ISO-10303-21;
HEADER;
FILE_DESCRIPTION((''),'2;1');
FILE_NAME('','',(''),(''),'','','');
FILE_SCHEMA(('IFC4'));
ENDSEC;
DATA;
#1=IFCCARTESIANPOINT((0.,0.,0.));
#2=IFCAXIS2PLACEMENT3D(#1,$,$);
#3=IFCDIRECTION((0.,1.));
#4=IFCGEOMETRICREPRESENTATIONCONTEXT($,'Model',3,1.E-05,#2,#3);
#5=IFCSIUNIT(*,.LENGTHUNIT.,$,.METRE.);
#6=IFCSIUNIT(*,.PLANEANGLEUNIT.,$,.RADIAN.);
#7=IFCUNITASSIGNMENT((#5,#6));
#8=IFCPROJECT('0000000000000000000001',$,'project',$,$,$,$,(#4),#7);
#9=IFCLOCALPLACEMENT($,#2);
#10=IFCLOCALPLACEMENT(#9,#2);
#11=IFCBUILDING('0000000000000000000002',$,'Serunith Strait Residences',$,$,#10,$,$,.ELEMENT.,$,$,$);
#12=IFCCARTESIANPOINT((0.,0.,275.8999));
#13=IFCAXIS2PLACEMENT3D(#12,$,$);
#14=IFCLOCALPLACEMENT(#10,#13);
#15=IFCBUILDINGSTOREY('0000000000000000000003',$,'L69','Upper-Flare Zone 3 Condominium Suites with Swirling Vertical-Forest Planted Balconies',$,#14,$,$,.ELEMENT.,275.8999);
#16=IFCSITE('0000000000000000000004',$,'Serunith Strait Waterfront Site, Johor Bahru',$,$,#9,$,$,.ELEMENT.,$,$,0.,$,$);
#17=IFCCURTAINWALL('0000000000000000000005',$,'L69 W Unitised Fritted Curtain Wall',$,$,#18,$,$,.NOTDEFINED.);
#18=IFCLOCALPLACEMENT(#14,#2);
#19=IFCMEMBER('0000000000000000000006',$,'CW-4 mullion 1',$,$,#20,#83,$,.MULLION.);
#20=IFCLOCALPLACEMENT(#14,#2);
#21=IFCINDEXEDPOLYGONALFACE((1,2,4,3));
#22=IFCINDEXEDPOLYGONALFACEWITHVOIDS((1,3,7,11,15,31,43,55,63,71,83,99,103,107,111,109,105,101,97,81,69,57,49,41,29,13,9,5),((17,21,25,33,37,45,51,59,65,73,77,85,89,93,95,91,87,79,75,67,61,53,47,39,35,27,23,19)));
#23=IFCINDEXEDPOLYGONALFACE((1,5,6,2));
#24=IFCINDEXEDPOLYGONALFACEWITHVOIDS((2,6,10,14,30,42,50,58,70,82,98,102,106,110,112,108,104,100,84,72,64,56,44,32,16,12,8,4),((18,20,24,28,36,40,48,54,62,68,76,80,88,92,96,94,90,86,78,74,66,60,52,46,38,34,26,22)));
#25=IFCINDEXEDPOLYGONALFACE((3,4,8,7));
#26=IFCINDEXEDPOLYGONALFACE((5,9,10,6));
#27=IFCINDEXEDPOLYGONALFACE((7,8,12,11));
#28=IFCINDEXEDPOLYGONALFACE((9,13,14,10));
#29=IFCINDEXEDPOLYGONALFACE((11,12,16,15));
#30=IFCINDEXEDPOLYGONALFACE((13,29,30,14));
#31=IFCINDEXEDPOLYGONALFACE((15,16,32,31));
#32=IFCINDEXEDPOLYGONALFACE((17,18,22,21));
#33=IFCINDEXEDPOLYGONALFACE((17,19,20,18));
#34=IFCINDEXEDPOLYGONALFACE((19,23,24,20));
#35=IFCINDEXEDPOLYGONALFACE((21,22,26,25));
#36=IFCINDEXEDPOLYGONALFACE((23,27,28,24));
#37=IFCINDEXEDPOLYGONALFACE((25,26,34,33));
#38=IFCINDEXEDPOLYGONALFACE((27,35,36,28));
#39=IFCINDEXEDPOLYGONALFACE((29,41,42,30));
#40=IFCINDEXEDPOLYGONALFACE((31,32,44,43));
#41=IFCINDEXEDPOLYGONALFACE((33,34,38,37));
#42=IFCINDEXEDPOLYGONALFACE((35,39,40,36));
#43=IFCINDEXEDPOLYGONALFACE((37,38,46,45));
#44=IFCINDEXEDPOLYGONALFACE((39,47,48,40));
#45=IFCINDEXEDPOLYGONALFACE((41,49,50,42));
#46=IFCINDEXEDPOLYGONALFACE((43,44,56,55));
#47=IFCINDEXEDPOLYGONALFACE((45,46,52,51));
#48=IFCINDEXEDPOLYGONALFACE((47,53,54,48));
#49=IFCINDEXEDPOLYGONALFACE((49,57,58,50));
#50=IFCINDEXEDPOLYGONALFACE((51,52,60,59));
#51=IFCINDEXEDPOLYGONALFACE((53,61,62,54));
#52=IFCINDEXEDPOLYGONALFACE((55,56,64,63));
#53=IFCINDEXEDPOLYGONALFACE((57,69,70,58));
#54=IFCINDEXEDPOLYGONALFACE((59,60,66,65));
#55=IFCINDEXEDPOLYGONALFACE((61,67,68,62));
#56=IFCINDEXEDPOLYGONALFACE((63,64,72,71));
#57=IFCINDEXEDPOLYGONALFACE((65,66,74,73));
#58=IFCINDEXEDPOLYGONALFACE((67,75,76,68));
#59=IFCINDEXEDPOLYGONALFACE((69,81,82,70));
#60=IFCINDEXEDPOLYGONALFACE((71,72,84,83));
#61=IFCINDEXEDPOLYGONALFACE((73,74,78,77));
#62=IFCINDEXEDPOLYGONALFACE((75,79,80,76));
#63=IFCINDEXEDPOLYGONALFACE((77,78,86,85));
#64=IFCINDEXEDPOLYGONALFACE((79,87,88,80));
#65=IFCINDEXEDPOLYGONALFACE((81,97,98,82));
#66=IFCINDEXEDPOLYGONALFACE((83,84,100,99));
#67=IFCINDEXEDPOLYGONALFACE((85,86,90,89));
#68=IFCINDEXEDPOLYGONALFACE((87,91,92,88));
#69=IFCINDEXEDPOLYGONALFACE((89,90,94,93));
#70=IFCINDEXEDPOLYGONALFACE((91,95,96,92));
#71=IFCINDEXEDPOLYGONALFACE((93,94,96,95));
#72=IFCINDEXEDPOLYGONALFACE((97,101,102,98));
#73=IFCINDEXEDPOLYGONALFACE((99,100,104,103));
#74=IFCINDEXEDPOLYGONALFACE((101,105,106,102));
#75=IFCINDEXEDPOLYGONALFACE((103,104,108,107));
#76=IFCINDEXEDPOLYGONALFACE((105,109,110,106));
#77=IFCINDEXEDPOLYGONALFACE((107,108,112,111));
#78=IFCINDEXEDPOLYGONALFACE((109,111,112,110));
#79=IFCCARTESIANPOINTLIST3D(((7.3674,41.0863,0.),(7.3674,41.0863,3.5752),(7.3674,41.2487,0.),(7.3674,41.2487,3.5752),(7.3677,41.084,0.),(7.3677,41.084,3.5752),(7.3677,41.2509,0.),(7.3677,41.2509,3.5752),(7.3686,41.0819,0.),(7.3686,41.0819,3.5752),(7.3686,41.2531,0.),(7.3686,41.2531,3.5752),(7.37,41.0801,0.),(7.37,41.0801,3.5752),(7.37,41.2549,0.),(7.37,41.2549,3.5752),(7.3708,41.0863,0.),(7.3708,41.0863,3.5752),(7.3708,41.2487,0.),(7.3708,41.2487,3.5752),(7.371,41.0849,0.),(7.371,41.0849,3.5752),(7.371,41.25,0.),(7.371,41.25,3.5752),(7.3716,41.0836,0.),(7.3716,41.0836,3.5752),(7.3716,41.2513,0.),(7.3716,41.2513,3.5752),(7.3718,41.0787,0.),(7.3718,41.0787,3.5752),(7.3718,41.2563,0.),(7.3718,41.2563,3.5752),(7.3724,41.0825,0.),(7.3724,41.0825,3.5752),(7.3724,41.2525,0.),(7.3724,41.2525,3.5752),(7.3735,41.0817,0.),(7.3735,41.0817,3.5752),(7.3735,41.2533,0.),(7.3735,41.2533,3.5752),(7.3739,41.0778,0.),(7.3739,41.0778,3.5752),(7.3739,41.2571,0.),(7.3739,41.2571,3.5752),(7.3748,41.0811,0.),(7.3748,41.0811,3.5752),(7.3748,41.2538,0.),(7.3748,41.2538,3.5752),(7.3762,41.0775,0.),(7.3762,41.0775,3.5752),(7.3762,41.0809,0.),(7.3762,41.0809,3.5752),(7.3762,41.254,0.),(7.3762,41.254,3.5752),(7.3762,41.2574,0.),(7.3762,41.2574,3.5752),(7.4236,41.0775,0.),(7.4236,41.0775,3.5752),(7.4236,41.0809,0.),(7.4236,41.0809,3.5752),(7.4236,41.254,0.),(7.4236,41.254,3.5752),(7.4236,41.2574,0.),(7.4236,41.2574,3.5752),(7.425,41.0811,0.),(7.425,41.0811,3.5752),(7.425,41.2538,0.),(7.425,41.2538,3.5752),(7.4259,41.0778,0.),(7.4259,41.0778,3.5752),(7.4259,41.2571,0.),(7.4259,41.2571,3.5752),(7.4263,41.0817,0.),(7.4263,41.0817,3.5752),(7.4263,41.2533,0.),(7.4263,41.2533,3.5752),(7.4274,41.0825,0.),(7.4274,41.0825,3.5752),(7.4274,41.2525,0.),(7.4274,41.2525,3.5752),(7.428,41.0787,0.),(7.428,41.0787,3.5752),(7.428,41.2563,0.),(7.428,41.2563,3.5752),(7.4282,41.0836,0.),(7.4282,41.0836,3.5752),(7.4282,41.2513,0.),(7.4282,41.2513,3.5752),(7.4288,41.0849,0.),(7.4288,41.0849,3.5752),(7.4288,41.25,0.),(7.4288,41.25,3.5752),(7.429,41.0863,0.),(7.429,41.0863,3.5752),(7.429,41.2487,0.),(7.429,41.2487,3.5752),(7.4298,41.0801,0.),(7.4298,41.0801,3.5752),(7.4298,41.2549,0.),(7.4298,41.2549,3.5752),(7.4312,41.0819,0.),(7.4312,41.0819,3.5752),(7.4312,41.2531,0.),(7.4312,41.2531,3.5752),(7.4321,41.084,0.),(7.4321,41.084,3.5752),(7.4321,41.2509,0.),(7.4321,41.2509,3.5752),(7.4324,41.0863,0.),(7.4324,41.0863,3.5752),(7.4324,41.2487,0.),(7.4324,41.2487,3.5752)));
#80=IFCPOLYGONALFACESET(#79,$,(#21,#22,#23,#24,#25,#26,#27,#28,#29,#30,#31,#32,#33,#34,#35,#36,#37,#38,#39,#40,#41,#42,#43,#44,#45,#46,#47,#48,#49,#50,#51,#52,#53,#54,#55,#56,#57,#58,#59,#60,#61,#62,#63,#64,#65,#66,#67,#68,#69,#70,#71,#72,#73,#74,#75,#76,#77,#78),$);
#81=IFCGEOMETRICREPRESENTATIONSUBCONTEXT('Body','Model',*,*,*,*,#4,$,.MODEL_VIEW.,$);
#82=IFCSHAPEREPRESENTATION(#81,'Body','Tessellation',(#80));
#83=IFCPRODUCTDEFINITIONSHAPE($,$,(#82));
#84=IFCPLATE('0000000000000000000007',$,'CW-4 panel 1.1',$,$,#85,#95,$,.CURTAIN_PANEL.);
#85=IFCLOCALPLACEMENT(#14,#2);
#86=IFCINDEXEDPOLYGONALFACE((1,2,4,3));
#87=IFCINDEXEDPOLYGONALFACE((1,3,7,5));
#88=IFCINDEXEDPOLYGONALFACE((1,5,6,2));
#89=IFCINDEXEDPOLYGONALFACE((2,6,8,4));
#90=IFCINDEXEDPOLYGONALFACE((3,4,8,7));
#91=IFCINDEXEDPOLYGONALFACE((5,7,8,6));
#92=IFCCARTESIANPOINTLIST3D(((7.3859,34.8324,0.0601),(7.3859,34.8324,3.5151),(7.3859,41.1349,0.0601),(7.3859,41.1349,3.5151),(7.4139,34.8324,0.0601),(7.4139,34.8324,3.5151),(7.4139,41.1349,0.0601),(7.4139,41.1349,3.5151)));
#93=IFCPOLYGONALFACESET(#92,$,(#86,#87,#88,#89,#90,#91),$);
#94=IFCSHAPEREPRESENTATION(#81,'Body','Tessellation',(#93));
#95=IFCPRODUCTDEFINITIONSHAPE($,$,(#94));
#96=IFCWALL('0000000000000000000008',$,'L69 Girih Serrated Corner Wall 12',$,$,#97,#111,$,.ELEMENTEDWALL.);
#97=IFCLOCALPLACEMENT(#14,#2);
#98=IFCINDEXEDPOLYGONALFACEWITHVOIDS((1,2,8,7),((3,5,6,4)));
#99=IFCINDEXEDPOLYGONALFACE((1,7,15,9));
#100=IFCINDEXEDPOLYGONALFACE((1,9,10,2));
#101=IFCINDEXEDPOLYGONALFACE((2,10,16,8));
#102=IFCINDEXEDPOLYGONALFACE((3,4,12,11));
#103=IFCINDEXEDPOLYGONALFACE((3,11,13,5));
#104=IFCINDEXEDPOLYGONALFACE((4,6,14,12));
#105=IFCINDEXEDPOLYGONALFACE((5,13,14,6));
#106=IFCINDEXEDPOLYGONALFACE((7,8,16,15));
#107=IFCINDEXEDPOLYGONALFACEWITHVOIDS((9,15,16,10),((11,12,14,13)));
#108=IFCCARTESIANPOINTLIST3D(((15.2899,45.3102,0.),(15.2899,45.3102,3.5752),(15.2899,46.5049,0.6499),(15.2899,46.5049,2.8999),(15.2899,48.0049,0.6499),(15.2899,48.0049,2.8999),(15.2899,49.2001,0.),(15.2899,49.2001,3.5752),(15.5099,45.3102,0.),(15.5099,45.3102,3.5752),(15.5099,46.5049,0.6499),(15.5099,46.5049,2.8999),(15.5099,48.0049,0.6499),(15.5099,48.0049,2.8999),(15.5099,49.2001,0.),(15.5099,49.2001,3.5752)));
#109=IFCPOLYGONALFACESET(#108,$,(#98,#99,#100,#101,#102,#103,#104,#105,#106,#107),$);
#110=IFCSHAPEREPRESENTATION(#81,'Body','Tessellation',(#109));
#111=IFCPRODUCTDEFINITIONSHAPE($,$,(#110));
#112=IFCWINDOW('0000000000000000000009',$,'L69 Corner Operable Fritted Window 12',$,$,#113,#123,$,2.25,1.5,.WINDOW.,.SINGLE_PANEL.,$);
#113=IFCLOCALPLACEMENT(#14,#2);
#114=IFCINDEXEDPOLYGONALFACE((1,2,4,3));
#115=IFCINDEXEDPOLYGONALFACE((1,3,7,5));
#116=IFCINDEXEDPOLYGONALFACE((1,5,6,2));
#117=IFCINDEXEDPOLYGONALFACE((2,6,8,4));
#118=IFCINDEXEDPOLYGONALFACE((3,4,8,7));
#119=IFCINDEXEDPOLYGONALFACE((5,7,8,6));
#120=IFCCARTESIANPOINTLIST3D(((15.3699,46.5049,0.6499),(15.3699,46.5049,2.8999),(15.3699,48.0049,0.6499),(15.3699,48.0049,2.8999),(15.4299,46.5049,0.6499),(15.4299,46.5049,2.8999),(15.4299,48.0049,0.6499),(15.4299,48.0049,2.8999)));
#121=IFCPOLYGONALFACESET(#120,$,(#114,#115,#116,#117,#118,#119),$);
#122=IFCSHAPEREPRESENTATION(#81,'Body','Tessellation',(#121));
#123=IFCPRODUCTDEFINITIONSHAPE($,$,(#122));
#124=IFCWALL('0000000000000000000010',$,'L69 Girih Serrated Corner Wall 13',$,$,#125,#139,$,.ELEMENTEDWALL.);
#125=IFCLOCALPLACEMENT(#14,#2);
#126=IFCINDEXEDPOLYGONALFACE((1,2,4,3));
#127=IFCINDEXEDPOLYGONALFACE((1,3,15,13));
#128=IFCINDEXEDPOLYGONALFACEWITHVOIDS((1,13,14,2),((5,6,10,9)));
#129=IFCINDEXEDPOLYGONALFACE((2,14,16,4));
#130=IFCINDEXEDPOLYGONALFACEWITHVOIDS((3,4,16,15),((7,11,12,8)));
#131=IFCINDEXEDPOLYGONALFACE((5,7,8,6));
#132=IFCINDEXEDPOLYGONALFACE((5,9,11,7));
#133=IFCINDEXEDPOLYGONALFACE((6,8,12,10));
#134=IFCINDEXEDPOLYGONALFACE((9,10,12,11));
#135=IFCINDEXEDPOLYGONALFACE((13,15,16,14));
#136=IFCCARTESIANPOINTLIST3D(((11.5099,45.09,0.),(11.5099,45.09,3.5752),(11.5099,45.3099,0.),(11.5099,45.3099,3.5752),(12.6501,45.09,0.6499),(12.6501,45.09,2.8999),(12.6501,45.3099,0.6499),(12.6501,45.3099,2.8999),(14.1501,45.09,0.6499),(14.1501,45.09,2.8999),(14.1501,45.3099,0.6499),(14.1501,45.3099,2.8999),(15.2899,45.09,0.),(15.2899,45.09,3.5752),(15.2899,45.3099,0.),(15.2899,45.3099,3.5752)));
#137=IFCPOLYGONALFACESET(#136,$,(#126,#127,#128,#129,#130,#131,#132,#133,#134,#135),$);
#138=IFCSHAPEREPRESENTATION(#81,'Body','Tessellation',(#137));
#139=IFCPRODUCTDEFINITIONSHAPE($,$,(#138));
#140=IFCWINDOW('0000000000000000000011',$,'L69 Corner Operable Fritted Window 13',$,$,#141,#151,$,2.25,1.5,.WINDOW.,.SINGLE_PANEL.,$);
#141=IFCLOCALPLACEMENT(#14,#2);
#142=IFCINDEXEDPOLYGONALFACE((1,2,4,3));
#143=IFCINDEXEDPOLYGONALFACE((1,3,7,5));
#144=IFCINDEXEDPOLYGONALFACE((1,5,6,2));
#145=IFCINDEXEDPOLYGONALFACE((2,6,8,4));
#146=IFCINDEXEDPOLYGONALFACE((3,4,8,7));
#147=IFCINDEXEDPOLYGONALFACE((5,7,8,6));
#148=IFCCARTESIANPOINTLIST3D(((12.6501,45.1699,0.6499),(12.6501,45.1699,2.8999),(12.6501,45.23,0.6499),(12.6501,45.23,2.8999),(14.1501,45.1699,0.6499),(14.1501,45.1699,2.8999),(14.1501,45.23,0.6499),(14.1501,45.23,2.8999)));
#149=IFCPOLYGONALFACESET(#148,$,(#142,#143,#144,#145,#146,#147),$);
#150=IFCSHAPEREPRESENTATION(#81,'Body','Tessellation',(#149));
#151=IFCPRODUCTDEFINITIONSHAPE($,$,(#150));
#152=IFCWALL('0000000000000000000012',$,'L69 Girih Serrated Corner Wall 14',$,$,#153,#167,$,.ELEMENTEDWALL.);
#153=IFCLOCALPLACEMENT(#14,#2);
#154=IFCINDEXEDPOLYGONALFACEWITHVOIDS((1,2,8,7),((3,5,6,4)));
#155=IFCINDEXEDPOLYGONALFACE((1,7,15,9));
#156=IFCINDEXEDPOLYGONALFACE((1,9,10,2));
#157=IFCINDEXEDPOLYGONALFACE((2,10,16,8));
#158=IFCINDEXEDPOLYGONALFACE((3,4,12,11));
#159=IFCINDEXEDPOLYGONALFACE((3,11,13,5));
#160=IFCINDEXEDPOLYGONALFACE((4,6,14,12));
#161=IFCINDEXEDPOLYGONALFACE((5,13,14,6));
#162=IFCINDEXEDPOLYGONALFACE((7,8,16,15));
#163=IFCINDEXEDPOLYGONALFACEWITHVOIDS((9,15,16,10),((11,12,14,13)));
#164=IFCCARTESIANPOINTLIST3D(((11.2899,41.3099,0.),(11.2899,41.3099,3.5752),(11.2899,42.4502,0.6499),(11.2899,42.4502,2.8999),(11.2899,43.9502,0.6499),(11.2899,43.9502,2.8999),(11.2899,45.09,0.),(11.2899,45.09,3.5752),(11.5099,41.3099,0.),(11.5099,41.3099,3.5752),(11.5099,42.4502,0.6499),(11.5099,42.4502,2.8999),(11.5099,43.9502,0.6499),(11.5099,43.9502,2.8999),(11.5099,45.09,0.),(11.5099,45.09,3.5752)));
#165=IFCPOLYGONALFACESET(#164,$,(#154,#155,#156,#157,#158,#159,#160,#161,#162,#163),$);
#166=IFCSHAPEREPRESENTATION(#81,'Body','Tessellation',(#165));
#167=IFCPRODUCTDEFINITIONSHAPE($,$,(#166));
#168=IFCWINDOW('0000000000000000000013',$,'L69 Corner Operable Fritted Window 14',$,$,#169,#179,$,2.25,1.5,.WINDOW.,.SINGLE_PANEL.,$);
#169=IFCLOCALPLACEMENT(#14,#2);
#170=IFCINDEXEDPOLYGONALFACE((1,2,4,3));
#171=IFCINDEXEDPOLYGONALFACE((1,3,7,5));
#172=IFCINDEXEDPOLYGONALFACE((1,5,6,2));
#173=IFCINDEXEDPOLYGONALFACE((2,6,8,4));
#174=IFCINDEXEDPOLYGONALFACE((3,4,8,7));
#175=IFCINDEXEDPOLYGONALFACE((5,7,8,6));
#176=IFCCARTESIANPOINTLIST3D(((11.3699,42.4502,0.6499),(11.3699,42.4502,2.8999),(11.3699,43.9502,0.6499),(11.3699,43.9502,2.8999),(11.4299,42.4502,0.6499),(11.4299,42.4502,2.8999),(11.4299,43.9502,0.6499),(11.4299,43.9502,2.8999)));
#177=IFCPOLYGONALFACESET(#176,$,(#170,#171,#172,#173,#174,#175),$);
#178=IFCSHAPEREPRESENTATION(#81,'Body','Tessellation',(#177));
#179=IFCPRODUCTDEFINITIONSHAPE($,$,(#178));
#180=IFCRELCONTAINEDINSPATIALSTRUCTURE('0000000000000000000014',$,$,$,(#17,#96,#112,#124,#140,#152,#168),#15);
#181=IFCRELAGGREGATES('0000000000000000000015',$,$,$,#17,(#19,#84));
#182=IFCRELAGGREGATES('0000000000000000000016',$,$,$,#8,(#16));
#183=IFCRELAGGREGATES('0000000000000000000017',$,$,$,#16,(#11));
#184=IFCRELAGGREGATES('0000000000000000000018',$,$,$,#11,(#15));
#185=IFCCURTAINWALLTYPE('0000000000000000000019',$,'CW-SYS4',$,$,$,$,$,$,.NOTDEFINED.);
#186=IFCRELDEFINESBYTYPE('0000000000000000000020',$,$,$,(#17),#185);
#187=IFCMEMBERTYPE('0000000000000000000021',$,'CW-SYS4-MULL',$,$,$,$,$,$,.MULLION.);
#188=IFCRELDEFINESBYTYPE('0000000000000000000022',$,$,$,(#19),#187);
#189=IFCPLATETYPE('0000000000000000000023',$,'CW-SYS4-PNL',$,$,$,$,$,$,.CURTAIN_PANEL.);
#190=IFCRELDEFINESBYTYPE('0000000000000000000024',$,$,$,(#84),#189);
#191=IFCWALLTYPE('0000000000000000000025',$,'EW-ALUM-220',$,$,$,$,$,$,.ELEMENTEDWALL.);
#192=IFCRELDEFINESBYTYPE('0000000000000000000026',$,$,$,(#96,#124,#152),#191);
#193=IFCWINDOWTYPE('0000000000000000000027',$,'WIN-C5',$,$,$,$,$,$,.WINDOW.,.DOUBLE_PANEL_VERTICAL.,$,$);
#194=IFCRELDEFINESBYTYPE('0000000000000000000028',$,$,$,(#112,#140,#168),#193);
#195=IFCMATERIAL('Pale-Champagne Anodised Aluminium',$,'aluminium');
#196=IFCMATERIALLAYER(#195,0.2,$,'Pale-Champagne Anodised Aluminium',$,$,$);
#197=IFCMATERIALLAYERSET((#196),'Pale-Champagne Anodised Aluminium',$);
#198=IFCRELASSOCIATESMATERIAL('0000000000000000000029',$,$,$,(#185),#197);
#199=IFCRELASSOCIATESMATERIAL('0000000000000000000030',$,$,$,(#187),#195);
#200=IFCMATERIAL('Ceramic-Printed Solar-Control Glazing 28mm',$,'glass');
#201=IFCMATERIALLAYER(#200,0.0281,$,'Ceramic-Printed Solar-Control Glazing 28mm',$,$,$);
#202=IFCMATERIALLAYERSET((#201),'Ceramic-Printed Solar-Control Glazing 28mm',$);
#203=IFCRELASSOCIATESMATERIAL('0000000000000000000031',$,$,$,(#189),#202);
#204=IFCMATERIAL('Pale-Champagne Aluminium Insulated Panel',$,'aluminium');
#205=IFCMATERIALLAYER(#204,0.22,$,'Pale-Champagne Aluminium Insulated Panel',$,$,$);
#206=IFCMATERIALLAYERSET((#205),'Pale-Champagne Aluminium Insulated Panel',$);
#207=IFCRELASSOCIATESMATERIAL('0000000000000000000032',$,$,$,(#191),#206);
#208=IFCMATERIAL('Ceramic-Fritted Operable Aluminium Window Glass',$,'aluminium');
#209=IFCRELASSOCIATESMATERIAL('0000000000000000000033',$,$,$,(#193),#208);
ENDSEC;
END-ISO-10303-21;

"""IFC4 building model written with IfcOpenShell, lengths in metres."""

from ifc_helpers import new_model, si_unit, direction, frame, frame_2d, origin, origin_2d, place, context, subcontext, project, spatial, rectangle, hollow_rectangle, extrude, source, transform, mapped, material, layer, layer_set, material_profile, profile_set, type_object, element, fill, aggregate, save


model = new_model("IFC4")

# Units and contexts
model_context = context("Model", 3, precision=1e-05, world=origin(), true_north=direction((0.0, 1.0)))
body_context = subcontext(model_context, "Body", "Model", "MODEL_VIEW")
ifc_project = project(units=[si_unit("LENGTHUNIT", "METRE"), si_unit("PLANEANGLEUNIT", "RADIAN")], contexts=[model_context])

# Site, building, storey
site_placement = place(None, origin())
site = spatial("IfcSite", under=ifc_project, at=site_placement, Name="Serunith Strait Waterfront Site, Johor Bahru", CompositionType="ELEMENT", RefElevation=0.0)
building_placement = place(site_placement, origin())
building = spatial("IfcBuilding", under=site, at=building_placement, Name="Serunith Strait Residences", CompositionType="ELEMENT")
storey_placement = place(building_placement, frame((0.0, 0.0, 275.8999)))
storey = spatial("IfcBuildingStorey", under=building, at=storey_placement, Name="L69", Description="Upper-Flare Zone 3 Condominium Suites with Swirling Vertical-Forest Planted Balconies", CompositionType="ELEMENT", Elevation=275.8999)

# Curtain wall
ifc_material_1 = material(Name="Pale-Champagne Anodised Aluminium", Category="aluminium")
ifc_layer_1 = layer(ifc_material_1, 0.2, Name="Pale-Champagne Anodised Aluminium")
ifc_layer_set_1 = layer_set([ifc_layer_1], Name="Pale-Champagne Anodised Aluminium")
curtain_wall_type = type_object("IfcCurtainWallType", Name="CW-SYS4", PredefinedType="NOTDEFINED", material=ifc_layer_set_1)
curtain_wall_1_placement = place(storey_placement, origin())
curtain_wall_1 = element("IfcCurtainWall", 1, at=curtain_wall_1_placement, inside=storey, type_object=curtain_wall_type, Name="L69 W Unitised Fritted Curtain Wall", PredefinedType="NOTDEFINED")

# Shared definitions
ifc_material_profile_1 = material_profile(ifc_material_1, hollow_rectangle(XDim=0.0649, YDim=0.1799, WallThickness=0.0034, InnerFilletRadius=0.0054, OuterFilletRadius=0.0088, at=origin_2d()), Name="ALU 180x65x3.5")
ifc_profile_set_1 = profile_set([ifc_material_profile_1], Name="Pale-Champagne Anodised Aluminium")
member_type_1 = type_object("IfcMemberType", Name="CW-SYS4-MULL", PredefinedType="MULLION", material=ifc_profile_set_1)
shared_shape_1 = source(origin(), body_context, "Body", "SweptSolid", [
    extrude(hollow_rectangle(XDim=0.0649, YDim=0.1799, WallThickness=0.0034, InnerFilletRadius=0.0054, OuterFilletRadius=0.0088, at=origin_2d()), origin(), (0.0, 0.0, 1.0), 3.5752),
])

# Member
member_1_placement = place(storey_placement, frame((7.3999, 41.1675, 0.0), z_axis=(0.0, 0.0, 1.0), x_axis=(1.0, 0.0, 0.0)))
member_1 = element("IfcMember", 2, at=member_1_placement, type_object=member_type_1, Name="CW-4 mullion 1", PredefinedType="MULLION", context=body_context, shape_type="MappedRepresentation", body=[
    mapped(shared_shape_1, transform((0.0, 0.0, 0.0), scale=1.0)),
])

# Plate
ifc_material_2 = material(Name="Ceramic-Printed Solar-Control Glazing 28mm", Category="glass")
ifc_layer_2 = layer(ifc_material_2, 0.0281, Name="Ceramic-Printed Solar-Control Glazing 28mm")
ifc_layer_set_2 = layer_set([ifc_layer_2], Name="Ceramic-Printed Solar-Control Glazing 28mm")
plate_type = type_object("IfcPlateType", Name="CW-SYS4-PNL", PredefinedType="CURTAIN_PANEL", material=ifc_layer_set_2)
shared_shape_2 = source(origin(), body_context, "Body", "SweptSolid", [
    extrude(rectangle(XDim=6.3025, YDim=0.0281, at=origin_2d()), origin(), (0.0, 0.0, 1.0), 3.4551),
])
plate_placement = place(storey_placement, frame((7.3999, 37.9836, 0.0601), z_axis=(0.0, 0.0, 1.0), x_axis=(0.0, -1.0, 0.0)))
plate = element("IfcPlate", 3, at=plate_placement, type_object=plate_type, Name="CW-4 panel 1.1", PredefinedType="CURTAIN_PANEL", context=body_context, shape_type="MappedRepresentation", body=[
    mapped(shared_shape_2, transform((0.0, 0.0, 0.0), scale=1.0)),
])
aggregate(curtain_wall_1, [member_1, plate])

# Walls, openings, windows
ifc_material_3 = material(Name="Pale-Champagne Aluminium Insulated Panel", Category="aluminium")
ifc_layer_3 = layer(ifc_material_3, 0.22, Name="Pale-Champagne Aluminium Insulated Panel")
ifc_layer_set_3 = layer_set([ifc_layer_3], Name="Pale-Champagne Aluminium Insulated Panel")
wall_type_1 = type_object("IfcWallType", Name="EW-ALUM-220", PredefinedType="ELEMENTEDWALL", material=ifc_layer_set_3)
wall_1_placement = place(storey_placement, frame((15.3999, 49.2, 0.0), z_axis=(0.0, 0.0, 1.0), x_axis=(0.0, -1.0, 0.0)))
wall_1 = element("IfcWall", 4, at=wall_1_placement, inside=storey, type_object=wall_type_1, Name="L69 Girih Serrated Corner Wall 12", PredefinedType="ELEMENTEDWALL", context=body_context, shape_type="SweptSolid", body=[
    extrude(rectangle(XDim=3.8899, YDim=0.22, at=frame_2d((1.9448, 0.0))), origin(), (0.0, 0.0, 1.0), 3.5752),
])
opening_1_placement = place(wall_1_placement, frame((1.1951, 0.0, 0.6499)))
opening_1 = element("IfcOpeningElement", 5, at=opening_1_placement, cuts=wall_1, PredefinedType="OPENING", context=body_context, shape_type="SweptSolid", body=[
    extrude(rectangle(XDim=1.5, YDim=2.25, at=frame_2d((0.75, 1.125))), frame((0.0, 0.1201, 0.0), z_axis=(0.0, -1.0, 0.0), x_axis=(1.0, 0.0, 0.0)), (0.0, 0.0, 1.0), 0.24),
])
ifc_material_4 = material(Name="Ceramic-Fritted Operable Aluminium Window Glass", Category="aluminium")
window_type = type_object("IfcWindowType", Name="WIN-C5", PartitioningType="DOUBLE_PANEL_VERTICAL", PredefinedType="WINDOW", material=ifc_material_4)
shared_shape_3 = source(origin(), body_context, "Body", "SweptSolid", [
    extrude(rectangle(XDim=1.5, YDim=2.25, at=frame_2d((0.75, 1.125))), frame((0.0, 0.03, 0.0), z_axis=(0.0, -1.0, 0.0), x_axis=(1.0, 0.0, 0.0)), (0.0, 0.0, 1.0), 0.0601),
])
window_1_placement = place(opening_1_placement, origin())
window_1 = element("IfcWindow", 6, at=window_1_placement, inside=storey, type_object=window_type, Name="L69 Corner Operable Fritted Window 12", OverallHeight=2.25, OverallWidth=1.5, PartitioningType="SINGLE_PANEL", PredefinedType="WINDOW", context=body_context, shape_type="MappedRepresentation", body=[
    mapped(shared_shape_3, transform((0.0, 0.0, 0.0), scale=1.0)),
])
fill(opening_1, window_1)
wall_2_placement = place(storey_placement, frame((15.29, 45.2, 0.0), z_axis=(0.0, 0.0, 1.0), x_axis=(-1.0, 0.0, 0.0)))
wall_2 = element("IfcWall", 7, at=wall_2_placement, inside=storey, type_object=wall_type_1, Name="L69 Girih Serrated Corner Wall 13", PredefinedType="ELEMENTEDWALL", context=body_context, shape_type="SweptSolid", body=[
    extrude(rectangle(XDim=3.78, YDim=0.22, at=frame_2d((1.8901, 0.0))), origin(), (0.0, 0.0, 1.0), 3.5752),
])
opening_2_placement = place(wall_2_placement, frame((1.1399, 0.0, 0.6499)))
opening_2 = element("IfcOpeningElement", 8, at=opening_2_placement, cuts=wall_2, PredefinedType="OPENING", context=body_context, shape_type="SweptSolid", body=[
    extrude(rectangle(XDim=1.5, YDim=2.25, at=frame_2d((0.75, 1.125))), frame((0.0, 0.1201, 0.0), z_axis=(0.0, -1.0, 0.0), x_axis=(1.0, 0.0, 0.0)), (0.0, 0.0, 1.0), 0.24),
])
window_2_placement = place(opening_2_placement, origin())
window_2 = element("IfcWindow", 9, at=window_2_placement, inside=storey, type_object=window_type, Name="L69 Corner Operable Fritted Window 13", OverallHeight=2.25, OverallWidth=1.5, PartitioningType="SINGLE_PANEL", PredefinedType="WINDOW", context=body_context, shape_type="MappedRepresentation", body=[
    mapped(shared_shape_3, transform((0.0, 0.0, 0.0), scale=1.0)),
])
fill(opening_2, window_2)
wall_3_placement = place(storey_placement, frame((11.3999, 45.0901, 0.0), z_axis=(0.0, 0.0, 1.0), x_axis=(0.0, -1.0, 0.0)))
wall_3 = element("IfcWall", 10, at=wall_3_placement, inside=storey, type_object=wall_type_1, Name="L69 Girih Serrated Corner Wall 14", PredefinedType="ELEMENTEDWALL", context=body_context, shape_type="SweptSolid", body=[
    extrude(rectangle(XDim=3.78, YDim=0.22, at=frame_2d((1.8901, 0.0))), origin(), (0.0, 0.0, 1.0), 3.5752),
])
opening_3_placement = place(wall_3_placement, frame((1.1399, 0.0, 0.6499)))
opening_3 = element("IfcOpeningElement", 11, at=opening_3_placement, cuts=wall_3, PredefinedType="OPENING", context=body_context, shape_type="SweptSolid", body=[
    extrude(rectangle(XDim=1.5, YDim=2.25, at=frame_2d((0.75, 1.125))), frame((0.0, 0.1201, 0.0), z_axis=(0.0, -1.0, 0.0), x_axis=(1.0, 0.0, 0.0)), (0.0, 0.0, 1.0), 0.24),
])
window_3_placement = place(opening_3_placement, origin())
window_3 = element("IfcWindow", 12, at=window_3_placement, inside=storey, type_object=window_type, Name="L69 Corner Operable Fritted Window 14", OverallHeight=2.25, OverallWidth=1.5, PartitioningType="SINGLE_PANEL", PredefinedType="WINDOW", context=body_context, shape_type="MappedRepresentation", body=[
    mapped(shared_shape_3, transform((0.0, 0.0, 0.0), scale=1.0)),
])
fill(opening_3, window_3)

save(model, "model.ifc")
